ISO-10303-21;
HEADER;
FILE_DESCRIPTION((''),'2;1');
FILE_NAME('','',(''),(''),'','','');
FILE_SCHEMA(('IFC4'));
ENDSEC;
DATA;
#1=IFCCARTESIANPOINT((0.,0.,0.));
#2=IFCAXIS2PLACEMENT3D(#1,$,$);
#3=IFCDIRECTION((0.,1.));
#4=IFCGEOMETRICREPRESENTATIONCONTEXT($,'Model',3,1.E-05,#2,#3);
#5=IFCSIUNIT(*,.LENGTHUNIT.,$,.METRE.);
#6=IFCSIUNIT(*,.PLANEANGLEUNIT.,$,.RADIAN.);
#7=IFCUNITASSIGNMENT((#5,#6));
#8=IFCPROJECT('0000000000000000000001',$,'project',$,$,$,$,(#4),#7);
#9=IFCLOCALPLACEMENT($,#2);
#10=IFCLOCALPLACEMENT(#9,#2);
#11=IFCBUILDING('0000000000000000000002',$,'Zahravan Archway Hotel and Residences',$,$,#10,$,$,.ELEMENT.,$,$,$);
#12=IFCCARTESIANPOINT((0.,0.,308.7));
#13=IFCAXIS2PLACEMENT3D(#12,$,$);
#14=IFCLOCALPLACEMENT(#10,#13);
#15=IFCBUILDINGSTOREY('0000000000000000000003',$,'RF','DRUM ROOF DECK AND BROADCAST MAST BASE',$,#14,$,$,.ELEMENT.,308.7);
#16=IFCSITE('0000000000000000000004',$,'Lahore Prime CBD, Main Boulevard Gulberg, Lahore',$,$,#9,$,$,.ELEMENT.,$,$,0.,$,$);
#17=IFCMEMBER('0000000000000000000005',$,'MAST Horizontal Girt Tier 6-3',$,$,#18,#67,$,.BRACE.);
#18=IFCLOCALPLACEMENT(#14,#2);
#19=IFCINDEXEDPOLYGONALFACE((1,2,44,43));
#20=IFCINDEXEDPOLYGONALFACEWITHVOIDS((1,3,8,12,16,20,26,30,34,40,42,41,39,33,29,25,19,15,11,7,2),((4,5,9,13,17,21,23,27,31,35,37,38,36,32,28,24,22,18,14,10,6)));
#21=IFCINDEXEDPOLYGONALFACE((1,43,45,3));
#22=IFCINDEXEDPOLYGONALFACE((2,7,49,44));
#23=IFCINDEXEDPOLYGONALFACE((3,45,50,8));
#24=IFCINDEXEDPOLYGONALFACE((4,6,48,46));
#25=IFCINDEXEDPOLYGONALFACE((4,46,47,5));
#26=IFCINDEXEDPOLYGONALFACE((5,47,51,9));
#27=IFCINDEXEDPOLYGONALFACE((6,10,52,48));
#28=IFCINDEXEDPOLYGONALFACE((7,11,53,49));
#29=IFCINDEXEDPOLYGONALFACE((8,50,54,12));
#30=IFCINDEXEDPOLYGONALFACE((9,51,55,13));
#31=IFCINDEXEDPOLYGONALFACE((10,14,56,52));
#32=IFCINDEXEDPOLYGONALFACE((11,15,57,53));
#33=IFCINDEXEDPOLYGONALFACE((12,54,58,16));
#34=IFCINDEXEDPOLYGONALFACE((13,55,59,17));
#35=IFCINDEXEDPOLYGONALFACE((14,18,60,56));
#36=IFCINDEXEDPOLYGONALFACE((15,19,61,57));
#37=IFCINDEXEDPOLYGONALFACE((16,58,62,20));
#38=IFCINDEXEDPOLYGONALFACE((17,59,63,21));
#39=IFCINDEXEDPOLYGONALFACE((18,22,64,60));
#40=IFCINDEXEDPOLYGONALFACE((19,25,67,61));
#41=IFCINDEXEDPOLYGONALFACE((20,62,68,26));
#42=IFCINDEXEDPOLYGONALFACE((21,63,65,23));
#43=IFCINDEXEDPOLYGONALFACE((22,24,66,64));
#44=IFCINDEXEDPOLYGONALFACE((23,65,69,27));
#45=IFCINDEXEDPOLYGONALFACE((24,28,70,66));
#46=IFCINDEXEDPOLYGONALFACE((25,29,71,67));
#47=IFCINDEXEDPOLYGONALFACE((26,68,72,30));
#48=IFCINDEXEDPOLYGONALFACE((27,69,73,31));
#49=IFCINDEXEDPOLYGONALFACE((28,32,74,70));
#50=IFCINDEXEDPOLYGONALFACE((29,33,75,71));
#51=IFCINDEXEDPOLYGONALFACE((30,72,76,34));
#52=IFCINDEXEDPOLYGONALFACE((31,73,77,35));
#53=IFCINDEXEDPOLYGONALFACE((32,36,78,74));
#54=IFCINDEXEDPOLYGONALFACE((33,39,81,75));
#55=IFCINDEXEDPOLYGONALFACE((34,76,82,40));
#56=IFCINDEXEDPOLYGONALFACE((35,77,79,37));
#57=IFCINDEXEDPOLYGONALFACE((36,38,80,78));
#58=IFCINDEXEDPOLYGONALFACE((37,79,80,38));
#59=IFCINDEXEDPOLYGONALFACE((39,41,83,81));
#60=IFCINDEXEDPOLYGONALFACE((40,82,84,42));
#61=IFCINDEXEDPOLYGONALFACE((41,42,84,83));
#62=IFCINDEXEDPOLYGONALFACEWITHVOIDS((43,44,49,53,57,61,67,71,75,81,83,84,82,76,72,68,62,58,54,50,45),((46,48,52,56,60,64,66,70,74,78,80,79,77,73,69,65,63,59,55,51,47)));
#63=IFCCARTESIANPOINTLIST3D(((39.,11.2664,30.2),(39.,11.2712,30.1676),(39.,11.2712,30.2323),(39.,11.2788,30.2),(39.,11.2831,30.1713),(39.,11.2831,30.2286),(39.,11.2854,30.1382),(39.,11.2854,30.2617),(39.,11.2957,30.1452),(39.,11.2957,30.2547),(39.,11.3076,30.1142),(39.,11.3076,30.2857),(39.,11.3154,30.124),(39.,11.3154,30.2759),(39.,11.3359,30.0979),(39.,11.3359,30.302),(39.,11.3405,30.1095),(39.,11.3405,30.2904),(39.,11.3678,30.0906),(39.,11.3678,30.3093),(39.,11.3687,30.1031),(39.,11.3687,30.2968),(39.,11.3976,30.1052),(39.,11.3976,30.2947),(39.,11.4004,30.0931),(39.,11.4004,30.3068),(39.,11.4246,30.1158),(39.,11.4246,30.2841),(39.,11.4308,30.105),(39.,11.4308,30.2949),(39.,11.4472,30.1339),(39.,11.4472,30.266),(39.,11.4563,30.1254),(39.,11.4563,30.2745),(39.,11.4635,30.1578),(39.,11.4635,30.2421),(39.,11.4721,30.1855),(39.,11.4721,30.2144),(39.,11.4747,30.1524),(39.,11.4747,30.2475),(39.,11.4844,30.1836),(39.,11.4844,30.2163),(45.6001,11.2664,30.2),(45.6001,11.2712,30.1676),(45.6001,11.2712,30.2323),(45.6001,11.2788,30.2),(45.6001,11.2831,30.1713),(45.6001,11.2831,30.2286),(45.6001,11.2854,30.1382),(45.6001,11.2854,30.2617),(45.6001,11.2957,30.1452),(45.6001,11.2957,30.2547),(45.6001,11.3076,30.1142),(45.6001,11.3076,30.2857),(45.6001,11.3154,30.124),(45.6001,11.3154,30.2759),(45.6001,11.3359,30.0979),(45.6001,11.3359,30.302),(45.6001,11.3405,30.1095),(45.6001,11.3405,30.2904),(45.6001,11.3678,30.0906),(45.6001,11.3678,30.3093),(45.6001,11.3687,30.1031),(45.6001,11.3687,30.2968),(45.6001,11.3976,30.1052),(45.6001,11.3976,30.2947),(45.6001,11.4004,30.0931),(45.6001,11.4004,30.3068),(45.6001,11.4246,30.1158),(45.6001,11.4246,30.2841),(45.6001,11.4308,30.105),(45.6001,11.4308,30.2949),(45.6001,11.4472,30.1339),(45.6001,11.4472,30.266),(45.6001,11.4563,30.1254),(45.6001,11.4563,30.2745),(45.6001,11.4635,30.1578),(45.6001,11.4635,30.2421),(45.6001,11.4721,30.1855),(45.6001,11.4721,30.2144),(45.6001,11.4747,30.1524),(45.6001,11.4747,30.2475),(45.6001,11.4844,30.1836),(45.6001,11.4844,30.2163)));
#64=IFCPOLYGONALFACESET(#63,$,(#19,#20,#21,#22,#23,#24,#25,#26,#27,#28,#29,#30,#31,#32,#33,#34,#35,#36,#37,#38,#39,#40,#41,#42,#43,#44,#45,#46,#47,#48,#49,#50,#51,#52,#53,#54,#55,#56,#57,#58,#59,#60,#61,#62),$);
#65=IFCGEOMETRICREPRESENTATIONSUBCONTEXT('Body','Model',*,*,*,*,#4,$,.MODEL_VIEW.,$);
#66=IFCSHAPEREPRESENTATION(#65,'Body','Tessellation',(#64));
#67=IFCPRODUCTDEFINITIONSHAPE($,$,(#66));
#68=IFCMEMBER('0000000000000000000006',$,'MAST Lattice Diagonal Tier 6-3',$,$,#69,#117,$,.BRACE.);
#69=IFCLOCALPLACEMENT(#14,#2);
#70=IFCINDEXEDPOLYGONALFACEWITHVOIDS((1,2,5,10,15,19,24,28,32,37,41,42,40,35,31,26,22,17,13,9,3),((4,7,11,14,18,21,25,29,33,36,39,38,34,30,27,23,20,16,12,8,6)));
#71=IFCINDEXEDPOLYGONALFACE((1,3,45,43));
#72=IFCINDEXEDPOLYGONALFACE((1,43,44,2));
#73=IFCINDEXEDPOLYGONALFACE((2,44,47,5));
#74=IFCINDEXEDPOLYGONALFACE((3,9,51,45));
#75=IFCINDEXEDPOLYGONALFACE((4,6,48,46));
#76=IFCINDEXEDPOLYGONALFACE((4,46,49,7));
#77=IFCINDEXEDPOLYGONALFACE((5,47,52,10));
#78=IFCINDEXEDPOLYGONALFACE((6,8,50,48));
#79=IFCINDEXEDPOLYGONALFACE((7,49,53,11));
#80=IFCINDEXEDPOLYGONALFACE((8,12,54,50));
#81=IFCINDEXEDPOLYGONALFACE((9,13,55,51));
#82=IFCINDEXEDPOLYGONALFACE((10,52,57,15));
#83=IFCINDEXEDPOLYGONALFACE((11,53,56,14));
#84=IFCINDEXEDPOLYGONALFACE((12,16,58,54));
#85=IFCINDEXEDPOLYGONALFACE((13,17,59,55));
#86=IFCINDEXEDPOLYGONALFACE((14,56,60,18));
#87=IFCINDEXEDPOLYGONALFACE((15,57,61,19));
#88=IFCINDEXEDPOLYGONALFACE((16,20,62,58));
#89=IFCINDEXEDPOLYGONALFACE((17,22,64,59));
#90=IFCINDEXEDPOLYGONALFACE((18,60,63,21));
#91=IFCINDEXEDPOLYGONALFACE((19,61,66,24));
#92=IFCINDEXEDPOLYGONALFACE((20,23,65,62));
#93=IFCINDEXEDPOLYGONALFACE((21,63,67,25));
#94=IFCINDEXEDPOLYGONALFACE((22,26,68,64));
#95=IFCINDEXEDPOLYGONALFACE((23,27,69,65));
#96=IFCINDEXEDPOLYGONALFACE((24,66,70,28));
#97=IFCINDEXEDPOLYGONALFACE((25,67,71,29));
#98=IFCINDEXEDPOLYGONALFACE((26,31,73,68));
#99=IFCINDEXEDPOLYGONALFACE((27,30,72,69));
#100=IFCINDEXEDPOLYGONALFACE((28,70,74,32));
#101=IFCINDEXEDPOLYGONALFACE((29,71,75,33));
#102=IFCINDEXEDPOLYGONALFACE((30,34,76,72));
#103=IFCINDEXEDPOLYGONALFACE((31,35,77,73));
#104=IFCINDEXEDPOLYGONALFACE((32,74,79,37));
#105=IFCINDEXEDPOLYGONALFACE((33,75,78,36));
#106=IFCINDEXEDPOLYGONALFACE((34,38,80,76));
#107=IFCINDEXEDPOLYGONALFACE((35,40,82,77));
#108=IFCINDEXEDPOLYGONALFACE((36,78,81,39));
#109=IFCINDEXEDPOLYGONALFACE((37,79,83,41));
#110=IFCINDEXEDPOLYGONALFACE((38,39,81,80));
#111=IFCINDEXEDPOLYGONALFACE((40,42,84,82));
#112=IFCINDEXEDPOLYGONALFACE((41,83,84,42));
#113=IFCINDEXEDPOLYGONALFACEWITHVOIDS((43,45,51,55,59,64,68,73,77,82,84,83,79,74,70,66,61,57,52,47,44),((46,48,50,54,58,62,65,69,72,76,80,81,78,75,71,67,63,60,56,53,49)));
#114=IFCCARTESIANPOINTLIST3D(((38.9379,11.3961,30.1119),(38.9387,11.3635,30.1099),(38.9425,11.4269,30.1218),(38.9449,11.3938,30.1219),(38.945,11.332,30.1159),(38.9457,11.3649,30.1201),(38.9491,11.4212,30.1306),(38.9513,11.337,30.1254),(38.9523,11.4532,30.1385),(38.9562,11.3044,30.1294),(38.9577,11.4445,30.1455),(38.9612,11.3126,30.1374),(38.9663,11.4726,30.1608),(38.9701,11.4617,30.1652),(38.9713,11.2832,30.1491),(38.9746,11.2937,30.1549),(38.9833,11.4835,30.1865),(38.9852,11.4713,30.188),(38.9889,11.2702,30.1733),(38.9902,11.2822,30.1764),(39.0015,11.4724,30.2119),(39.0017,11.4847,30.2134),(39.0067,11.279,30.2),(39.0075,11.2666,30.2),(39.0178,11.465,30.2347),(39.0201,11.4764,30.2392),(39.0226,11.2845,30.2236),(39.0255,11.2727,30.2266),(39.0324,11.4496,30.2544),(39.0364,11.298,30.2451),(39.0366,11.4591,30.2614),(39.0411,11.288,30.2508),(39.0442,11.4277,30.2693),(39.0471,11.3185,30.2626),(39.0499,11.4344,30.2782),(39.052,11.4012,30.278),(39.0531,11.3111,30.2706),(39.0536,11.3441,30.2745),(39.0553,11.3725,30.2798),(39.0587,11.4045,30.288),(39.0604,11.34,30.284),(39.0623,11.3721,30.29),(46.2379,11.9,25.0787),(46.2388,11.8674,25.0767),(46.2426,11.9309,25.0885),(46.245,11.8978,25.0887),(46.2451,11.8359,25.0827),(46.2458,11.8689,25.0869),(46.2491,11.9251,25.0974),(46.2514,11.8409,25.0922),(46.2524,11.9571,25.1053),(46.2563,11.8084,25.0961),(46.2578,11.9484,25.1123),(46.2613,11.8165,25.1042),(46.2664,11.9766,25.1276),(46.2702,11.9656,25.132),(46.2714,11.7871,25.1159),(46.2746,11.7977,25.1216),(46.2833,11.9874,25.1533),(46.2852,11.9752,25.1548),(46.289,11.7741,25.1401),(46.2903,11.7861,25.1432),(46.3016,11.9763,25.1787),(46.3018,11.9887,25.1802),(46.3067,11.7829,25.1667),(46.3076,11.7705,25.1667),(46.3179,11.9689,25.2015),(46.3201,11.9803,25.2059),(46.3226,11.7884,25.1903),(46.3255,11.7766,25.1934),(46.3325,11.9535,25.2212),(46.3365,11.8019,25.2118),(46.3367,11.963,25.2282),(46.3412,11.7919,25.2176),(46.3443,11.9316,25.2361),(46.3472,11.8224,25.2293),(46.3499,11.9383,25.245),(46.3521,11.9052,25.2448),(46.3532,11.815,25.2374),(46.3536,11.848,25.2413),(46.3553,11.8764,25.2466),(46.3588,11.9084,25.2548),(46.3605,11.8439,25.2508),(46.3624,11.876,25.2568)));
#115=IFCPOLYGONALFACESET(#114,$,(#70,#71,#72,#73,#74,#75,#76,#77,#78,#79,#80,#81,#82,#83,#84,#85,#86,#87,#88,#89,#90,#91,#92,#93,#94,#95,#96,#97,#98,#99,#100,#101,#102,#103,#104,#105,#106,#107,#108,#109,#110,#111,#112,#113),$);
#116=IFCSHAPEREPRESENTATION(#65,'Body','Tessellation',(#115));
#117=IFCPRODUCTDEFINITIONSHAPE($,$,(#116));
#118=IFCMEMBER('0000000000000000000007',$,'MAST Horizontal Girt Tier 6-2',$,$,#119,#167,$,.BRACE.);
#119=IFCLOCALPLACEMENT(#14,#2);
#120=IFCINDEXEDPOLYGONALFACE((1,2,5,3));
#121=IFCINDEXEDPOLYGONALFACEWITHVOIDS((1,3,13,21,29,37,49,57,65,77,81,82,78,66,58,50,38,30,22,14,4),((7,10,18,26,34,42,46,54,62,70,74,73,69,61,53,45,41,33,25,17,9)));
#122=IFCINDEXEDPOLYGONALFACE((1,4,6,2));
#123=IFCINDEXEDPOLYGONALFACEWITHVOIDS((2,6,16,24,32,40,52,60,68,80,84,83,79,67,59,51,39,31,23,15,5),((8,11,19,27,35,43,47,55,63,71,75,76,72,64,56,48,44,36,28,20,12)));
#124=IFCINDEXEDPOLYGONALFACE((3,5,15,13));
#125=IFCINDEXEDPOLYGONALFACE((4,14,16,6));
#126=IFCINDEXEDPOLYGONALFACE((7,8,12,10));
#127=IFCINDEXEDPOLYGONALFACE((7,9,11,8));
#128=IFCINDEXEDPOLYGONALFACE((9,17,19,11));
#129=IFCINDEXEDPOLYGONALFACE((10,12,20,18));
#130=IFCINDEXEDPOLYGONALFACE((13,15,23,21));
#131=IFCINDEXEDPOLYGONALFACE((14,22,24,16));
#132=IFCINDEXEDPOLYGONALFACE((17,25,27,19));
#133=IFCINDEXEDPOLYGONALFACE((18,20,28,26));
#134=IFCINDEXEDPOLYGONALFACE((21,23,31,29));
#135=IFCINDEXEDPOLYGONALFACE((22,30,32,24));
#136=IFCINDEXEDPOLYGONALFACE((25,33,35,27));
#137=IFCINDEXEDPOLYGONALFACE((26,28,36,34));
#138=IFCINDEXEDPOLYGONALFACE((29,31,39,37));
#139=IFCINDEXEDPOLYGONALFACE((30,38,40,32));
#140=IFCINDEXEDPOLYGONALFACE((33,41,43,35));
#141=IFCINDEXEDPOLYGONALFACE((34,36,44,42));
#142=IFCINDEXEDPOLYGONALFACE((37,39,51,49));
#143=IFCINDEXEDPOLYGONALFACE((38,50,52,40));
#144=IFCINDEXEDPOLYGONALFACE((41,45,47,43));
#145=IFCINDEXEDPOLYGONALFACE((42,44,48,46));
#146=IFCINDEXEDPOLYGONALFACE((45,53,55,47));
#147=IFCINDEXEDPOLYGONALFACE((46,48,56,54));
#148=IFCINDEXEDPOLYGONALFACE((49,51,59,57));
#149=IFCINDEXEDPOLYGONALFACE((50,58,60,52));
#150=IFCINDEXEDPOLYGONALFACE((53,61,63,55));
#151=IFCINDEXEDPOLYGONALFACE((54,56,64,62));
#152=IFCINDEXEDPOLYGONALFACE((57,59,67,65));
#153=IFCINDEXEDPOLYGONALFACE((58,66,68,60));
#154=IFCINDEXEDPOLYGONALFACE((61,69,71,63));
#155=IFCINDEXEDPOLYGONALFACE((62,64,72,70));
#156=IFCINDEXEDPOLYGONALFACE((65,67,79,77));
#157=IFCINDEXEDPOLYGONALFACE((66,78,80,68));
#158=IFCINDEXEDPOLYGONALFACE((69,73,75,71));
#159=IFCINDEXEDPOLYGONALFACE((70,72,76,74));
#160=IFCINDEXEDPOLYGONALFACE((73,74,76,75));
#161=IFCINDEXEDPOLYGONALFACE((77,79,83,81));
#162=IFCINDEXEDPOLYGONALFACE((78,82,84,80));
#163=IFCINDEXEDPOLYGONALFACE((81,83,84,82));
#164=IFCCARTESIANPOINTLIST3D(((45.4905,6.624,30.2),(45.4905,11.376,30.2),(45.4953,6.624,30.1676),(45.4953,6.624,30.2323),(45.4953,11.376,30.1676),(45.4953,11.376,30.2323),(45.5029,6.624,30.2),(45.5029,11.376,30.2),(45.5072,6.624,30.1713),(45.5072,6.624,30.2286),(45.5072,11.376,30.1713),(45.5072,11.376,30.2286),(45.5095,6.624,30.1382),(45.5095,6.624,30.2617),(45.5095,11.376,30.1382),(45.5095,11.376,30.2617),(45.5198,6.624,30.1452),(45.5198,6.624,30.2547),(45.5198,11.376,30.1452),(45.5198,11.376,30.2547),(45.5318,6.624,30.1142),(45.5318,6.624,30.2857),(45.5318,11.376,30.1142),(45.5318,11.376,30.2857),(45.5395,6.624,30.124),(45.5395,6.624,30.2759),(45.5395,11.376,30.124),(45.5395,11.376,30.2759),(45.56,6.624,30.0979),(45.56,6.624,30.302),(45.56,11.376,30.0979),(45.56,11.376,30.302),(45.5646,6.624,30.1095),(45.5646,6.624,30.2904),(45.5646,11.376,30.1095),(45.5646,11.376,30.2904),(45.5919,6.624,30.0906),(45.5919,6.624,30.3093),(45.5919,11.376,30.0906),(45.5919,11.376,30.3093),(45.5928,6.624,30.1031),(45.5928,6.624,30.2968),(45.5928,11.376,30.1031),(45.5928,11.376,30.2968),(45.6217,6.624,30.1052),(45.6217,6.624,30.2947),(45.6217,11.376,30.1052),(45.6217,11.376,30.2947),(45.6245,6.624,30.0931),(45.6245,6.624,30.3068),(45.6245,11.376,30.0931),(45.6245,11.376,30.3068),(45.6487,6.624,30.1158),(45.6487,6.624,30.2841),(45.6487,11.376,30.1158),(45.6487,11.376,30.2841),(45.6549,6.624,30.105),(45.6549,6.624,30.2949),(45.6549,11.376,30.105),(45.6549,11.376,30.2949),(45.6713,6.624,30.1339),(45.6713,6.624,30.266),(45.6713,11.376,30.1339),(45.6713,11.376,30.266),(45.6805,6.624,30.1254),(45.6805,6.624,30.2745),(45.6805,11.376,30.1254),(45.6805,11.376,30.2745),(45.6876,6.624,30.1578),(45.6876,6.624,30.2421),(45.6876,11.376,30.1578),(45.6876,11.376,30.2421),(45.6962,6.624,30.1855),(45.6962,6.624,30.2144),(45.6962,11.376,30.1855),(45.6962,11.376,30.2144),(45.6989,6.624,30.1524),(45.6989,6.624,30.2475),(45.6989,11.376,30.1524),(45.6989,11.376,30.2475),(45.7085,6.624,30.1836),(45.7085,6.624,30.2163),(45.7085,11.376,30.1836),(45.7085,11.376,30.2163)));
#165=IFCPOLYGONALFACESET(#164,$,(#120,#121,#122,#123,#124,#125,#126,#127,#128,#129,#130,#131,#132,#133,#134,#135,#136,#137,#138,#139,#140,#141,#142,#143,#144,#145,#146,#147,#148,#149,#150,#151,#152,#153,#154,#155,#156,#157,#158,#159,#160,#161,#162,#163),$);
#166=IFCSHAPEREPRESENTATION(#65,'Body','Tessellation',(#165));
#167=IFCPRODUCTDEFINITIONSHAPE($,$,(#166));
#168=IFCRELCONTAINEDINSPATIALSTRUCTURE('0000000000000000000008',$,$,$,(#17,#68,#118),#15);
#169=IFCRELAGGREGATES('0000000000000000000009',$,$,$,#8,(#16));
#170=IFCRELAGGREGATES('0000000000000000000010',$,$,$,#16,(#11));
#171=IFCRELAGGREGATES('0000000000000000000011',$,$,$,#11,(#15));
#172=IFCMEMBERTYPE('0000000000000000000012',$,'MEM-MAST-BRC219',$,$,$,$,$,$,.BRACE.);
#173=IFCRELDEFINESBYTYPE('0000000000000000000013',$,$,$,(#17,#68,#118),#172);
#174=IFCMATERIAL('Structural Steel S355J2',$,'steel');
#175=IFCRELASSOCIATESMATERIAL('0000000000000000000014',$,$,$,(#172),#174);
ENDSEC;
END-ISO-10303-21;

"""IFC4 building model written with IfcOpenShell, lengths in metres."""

from ifc_helpers import new_model, si_unit, direction, frame, origin, origin_2d, place, context, subcontext, project, spatial, hollow_circle, extrude, source, transform, mapped, material, material_profile, profile_set, type_object, type_shapes, element, save


model = new_model("IFC4")

# Units and contexts
model_context = context("Model", 3, precision=1e-05, world=origin(), true_north=direction((0.0, 1.0)))
body_context = subcontext(model_context, "Body", "Model", "MODEL_VIEW")
ifc_project = project(units=[si_unit("LENGTHUNIT", "METRE"), si_unit("PLANEANGLEUNIT", "RADIAN")], contexts=[model_context])

# Site, building, storey
site_placement = place(None, origin())
site = spatial("IfcSite", under=ifc_project, at=site_placement, Name="Lahore Prime CBD, Main Boulevard Gulberg, Lahore", CompositionType="ELEMENT", RefElevation=0.0)
building_placement = place(site_placement, origin())
building = spatial("IfcBuilding", under=site, at=building_placement, Name="Zahravan Archway Hotel and Residences", CompositionType="ELEMENT")
storey_placement = place(building_placement, frame((0.0, 0.0, 308.7)))
storey = spatial("IfcBuildingStorey", under=building, at=storey_placement, Name="RF", Description="DRUM ROOF DECK AND BROADCAST MAST BASE", CompositionType="ELEMENT", Elevation=308.7)

# Members
ifc_material_1 = material(Name="Structural Steel S355J2", Category="steel")
ifc_material_profile_1 = material_profile(ifc_material_1, hollow_circle(Radius=0.1096, WallThickness=0.0125, at=origin_2d()), Name="CHS 219.1x12.5", Category="steel")
ifc_profile_set_1 = profile_set([ifc_material_profile_1], Name="Structural Steel S355J2")
member_type_1 = type_object("IfcMemberType", Name="MEM-MAST-BRC219", PredefinedType="BRACE", material=ifc_profile_set_1)
shared_shape_1 = source(origin(), body_context, "Body", "SweptSolid", [
    extrude(hollow_circle(Radius=0.1096, WallThickness=0.0125, at=origin_2d()), origin(), (0.0, 0.0, 1.0), 6.6001),
])
type_shapes(member_type_1, [shared_shape_1])
member_1_placement = place(storey_placement, frame((45.6001, 11.376, 30.2), z_axis=(-1.0, 0.0, 0.0), x_axis=(0.0, -1.0, 0.0)))
element("IfcMember", 1, at=member_1_placement, inside=storey, type_object=member_type_1, Name="MAST Horizontal Girt Tier 6-3", PredefinedType="BRACE", context=body_context, shape_type="MappedRepresentation", body=[
    mapped(shared_shape_1, transform((0.0, 0.0, 0.0), scale=1.0)),
])
shared_shape_2 = source(origin(), body_context, "Body", "SweptSolid", [
    extrude(hollow_circle(Radius=0.1096, WallThickness=0.0125, at=origin_2d()), origin(), (0.0, 0.0, 1.0), 8.8813),
])
member_2_placement = place(storey_placement, frame((46.3, 11.8799, 25.1667), z_axis=(-0.821956, -0.056738, 0.566718), x_axis=(0.068864, -0.997626, 0.0)))
element("IfcMember", 2, at=member_2_placement, inside=storey, type_object=member_type_1, Name="MAST Lattice Diagonal Tier 6-3", PredefinedType="BRACE", context=body_context, shape_type="MappedRepresentation", body=[
    mapped(shared_shape_2, transform((0.0, 0.0, 0.0), scale=1.0)),
])
shared_shape_3 = source(origin(), body_context, "Body", "SweptSolid", [
    extrude(hollow_circle(Radius=0.1096, WallThickness=0.0125, at=origin_2d()), origin(), (0.0, 0.0, 1.0), 4.752),
])
member_3_placement = place(storey_placement, frame((45.6001, 6.624, 30.2), z_axis=(0.0, 1.0, 0.0), x_axis=(-1.0, 0.0, 0.0)))
element("IfcMember", 3, at=member_3_placement, inside=storey, type_object=member_type_1, Name="MAST Horizontal Girt Tier 6-2", PredefinedType="BRACE", context=body_context, shape_type="MappedRepresentation", body=[
    mapped(shared_shape_3, transform((0.0, 0.0, 0.0), scale=1.0)),
])

save(model, "model.ifc")
